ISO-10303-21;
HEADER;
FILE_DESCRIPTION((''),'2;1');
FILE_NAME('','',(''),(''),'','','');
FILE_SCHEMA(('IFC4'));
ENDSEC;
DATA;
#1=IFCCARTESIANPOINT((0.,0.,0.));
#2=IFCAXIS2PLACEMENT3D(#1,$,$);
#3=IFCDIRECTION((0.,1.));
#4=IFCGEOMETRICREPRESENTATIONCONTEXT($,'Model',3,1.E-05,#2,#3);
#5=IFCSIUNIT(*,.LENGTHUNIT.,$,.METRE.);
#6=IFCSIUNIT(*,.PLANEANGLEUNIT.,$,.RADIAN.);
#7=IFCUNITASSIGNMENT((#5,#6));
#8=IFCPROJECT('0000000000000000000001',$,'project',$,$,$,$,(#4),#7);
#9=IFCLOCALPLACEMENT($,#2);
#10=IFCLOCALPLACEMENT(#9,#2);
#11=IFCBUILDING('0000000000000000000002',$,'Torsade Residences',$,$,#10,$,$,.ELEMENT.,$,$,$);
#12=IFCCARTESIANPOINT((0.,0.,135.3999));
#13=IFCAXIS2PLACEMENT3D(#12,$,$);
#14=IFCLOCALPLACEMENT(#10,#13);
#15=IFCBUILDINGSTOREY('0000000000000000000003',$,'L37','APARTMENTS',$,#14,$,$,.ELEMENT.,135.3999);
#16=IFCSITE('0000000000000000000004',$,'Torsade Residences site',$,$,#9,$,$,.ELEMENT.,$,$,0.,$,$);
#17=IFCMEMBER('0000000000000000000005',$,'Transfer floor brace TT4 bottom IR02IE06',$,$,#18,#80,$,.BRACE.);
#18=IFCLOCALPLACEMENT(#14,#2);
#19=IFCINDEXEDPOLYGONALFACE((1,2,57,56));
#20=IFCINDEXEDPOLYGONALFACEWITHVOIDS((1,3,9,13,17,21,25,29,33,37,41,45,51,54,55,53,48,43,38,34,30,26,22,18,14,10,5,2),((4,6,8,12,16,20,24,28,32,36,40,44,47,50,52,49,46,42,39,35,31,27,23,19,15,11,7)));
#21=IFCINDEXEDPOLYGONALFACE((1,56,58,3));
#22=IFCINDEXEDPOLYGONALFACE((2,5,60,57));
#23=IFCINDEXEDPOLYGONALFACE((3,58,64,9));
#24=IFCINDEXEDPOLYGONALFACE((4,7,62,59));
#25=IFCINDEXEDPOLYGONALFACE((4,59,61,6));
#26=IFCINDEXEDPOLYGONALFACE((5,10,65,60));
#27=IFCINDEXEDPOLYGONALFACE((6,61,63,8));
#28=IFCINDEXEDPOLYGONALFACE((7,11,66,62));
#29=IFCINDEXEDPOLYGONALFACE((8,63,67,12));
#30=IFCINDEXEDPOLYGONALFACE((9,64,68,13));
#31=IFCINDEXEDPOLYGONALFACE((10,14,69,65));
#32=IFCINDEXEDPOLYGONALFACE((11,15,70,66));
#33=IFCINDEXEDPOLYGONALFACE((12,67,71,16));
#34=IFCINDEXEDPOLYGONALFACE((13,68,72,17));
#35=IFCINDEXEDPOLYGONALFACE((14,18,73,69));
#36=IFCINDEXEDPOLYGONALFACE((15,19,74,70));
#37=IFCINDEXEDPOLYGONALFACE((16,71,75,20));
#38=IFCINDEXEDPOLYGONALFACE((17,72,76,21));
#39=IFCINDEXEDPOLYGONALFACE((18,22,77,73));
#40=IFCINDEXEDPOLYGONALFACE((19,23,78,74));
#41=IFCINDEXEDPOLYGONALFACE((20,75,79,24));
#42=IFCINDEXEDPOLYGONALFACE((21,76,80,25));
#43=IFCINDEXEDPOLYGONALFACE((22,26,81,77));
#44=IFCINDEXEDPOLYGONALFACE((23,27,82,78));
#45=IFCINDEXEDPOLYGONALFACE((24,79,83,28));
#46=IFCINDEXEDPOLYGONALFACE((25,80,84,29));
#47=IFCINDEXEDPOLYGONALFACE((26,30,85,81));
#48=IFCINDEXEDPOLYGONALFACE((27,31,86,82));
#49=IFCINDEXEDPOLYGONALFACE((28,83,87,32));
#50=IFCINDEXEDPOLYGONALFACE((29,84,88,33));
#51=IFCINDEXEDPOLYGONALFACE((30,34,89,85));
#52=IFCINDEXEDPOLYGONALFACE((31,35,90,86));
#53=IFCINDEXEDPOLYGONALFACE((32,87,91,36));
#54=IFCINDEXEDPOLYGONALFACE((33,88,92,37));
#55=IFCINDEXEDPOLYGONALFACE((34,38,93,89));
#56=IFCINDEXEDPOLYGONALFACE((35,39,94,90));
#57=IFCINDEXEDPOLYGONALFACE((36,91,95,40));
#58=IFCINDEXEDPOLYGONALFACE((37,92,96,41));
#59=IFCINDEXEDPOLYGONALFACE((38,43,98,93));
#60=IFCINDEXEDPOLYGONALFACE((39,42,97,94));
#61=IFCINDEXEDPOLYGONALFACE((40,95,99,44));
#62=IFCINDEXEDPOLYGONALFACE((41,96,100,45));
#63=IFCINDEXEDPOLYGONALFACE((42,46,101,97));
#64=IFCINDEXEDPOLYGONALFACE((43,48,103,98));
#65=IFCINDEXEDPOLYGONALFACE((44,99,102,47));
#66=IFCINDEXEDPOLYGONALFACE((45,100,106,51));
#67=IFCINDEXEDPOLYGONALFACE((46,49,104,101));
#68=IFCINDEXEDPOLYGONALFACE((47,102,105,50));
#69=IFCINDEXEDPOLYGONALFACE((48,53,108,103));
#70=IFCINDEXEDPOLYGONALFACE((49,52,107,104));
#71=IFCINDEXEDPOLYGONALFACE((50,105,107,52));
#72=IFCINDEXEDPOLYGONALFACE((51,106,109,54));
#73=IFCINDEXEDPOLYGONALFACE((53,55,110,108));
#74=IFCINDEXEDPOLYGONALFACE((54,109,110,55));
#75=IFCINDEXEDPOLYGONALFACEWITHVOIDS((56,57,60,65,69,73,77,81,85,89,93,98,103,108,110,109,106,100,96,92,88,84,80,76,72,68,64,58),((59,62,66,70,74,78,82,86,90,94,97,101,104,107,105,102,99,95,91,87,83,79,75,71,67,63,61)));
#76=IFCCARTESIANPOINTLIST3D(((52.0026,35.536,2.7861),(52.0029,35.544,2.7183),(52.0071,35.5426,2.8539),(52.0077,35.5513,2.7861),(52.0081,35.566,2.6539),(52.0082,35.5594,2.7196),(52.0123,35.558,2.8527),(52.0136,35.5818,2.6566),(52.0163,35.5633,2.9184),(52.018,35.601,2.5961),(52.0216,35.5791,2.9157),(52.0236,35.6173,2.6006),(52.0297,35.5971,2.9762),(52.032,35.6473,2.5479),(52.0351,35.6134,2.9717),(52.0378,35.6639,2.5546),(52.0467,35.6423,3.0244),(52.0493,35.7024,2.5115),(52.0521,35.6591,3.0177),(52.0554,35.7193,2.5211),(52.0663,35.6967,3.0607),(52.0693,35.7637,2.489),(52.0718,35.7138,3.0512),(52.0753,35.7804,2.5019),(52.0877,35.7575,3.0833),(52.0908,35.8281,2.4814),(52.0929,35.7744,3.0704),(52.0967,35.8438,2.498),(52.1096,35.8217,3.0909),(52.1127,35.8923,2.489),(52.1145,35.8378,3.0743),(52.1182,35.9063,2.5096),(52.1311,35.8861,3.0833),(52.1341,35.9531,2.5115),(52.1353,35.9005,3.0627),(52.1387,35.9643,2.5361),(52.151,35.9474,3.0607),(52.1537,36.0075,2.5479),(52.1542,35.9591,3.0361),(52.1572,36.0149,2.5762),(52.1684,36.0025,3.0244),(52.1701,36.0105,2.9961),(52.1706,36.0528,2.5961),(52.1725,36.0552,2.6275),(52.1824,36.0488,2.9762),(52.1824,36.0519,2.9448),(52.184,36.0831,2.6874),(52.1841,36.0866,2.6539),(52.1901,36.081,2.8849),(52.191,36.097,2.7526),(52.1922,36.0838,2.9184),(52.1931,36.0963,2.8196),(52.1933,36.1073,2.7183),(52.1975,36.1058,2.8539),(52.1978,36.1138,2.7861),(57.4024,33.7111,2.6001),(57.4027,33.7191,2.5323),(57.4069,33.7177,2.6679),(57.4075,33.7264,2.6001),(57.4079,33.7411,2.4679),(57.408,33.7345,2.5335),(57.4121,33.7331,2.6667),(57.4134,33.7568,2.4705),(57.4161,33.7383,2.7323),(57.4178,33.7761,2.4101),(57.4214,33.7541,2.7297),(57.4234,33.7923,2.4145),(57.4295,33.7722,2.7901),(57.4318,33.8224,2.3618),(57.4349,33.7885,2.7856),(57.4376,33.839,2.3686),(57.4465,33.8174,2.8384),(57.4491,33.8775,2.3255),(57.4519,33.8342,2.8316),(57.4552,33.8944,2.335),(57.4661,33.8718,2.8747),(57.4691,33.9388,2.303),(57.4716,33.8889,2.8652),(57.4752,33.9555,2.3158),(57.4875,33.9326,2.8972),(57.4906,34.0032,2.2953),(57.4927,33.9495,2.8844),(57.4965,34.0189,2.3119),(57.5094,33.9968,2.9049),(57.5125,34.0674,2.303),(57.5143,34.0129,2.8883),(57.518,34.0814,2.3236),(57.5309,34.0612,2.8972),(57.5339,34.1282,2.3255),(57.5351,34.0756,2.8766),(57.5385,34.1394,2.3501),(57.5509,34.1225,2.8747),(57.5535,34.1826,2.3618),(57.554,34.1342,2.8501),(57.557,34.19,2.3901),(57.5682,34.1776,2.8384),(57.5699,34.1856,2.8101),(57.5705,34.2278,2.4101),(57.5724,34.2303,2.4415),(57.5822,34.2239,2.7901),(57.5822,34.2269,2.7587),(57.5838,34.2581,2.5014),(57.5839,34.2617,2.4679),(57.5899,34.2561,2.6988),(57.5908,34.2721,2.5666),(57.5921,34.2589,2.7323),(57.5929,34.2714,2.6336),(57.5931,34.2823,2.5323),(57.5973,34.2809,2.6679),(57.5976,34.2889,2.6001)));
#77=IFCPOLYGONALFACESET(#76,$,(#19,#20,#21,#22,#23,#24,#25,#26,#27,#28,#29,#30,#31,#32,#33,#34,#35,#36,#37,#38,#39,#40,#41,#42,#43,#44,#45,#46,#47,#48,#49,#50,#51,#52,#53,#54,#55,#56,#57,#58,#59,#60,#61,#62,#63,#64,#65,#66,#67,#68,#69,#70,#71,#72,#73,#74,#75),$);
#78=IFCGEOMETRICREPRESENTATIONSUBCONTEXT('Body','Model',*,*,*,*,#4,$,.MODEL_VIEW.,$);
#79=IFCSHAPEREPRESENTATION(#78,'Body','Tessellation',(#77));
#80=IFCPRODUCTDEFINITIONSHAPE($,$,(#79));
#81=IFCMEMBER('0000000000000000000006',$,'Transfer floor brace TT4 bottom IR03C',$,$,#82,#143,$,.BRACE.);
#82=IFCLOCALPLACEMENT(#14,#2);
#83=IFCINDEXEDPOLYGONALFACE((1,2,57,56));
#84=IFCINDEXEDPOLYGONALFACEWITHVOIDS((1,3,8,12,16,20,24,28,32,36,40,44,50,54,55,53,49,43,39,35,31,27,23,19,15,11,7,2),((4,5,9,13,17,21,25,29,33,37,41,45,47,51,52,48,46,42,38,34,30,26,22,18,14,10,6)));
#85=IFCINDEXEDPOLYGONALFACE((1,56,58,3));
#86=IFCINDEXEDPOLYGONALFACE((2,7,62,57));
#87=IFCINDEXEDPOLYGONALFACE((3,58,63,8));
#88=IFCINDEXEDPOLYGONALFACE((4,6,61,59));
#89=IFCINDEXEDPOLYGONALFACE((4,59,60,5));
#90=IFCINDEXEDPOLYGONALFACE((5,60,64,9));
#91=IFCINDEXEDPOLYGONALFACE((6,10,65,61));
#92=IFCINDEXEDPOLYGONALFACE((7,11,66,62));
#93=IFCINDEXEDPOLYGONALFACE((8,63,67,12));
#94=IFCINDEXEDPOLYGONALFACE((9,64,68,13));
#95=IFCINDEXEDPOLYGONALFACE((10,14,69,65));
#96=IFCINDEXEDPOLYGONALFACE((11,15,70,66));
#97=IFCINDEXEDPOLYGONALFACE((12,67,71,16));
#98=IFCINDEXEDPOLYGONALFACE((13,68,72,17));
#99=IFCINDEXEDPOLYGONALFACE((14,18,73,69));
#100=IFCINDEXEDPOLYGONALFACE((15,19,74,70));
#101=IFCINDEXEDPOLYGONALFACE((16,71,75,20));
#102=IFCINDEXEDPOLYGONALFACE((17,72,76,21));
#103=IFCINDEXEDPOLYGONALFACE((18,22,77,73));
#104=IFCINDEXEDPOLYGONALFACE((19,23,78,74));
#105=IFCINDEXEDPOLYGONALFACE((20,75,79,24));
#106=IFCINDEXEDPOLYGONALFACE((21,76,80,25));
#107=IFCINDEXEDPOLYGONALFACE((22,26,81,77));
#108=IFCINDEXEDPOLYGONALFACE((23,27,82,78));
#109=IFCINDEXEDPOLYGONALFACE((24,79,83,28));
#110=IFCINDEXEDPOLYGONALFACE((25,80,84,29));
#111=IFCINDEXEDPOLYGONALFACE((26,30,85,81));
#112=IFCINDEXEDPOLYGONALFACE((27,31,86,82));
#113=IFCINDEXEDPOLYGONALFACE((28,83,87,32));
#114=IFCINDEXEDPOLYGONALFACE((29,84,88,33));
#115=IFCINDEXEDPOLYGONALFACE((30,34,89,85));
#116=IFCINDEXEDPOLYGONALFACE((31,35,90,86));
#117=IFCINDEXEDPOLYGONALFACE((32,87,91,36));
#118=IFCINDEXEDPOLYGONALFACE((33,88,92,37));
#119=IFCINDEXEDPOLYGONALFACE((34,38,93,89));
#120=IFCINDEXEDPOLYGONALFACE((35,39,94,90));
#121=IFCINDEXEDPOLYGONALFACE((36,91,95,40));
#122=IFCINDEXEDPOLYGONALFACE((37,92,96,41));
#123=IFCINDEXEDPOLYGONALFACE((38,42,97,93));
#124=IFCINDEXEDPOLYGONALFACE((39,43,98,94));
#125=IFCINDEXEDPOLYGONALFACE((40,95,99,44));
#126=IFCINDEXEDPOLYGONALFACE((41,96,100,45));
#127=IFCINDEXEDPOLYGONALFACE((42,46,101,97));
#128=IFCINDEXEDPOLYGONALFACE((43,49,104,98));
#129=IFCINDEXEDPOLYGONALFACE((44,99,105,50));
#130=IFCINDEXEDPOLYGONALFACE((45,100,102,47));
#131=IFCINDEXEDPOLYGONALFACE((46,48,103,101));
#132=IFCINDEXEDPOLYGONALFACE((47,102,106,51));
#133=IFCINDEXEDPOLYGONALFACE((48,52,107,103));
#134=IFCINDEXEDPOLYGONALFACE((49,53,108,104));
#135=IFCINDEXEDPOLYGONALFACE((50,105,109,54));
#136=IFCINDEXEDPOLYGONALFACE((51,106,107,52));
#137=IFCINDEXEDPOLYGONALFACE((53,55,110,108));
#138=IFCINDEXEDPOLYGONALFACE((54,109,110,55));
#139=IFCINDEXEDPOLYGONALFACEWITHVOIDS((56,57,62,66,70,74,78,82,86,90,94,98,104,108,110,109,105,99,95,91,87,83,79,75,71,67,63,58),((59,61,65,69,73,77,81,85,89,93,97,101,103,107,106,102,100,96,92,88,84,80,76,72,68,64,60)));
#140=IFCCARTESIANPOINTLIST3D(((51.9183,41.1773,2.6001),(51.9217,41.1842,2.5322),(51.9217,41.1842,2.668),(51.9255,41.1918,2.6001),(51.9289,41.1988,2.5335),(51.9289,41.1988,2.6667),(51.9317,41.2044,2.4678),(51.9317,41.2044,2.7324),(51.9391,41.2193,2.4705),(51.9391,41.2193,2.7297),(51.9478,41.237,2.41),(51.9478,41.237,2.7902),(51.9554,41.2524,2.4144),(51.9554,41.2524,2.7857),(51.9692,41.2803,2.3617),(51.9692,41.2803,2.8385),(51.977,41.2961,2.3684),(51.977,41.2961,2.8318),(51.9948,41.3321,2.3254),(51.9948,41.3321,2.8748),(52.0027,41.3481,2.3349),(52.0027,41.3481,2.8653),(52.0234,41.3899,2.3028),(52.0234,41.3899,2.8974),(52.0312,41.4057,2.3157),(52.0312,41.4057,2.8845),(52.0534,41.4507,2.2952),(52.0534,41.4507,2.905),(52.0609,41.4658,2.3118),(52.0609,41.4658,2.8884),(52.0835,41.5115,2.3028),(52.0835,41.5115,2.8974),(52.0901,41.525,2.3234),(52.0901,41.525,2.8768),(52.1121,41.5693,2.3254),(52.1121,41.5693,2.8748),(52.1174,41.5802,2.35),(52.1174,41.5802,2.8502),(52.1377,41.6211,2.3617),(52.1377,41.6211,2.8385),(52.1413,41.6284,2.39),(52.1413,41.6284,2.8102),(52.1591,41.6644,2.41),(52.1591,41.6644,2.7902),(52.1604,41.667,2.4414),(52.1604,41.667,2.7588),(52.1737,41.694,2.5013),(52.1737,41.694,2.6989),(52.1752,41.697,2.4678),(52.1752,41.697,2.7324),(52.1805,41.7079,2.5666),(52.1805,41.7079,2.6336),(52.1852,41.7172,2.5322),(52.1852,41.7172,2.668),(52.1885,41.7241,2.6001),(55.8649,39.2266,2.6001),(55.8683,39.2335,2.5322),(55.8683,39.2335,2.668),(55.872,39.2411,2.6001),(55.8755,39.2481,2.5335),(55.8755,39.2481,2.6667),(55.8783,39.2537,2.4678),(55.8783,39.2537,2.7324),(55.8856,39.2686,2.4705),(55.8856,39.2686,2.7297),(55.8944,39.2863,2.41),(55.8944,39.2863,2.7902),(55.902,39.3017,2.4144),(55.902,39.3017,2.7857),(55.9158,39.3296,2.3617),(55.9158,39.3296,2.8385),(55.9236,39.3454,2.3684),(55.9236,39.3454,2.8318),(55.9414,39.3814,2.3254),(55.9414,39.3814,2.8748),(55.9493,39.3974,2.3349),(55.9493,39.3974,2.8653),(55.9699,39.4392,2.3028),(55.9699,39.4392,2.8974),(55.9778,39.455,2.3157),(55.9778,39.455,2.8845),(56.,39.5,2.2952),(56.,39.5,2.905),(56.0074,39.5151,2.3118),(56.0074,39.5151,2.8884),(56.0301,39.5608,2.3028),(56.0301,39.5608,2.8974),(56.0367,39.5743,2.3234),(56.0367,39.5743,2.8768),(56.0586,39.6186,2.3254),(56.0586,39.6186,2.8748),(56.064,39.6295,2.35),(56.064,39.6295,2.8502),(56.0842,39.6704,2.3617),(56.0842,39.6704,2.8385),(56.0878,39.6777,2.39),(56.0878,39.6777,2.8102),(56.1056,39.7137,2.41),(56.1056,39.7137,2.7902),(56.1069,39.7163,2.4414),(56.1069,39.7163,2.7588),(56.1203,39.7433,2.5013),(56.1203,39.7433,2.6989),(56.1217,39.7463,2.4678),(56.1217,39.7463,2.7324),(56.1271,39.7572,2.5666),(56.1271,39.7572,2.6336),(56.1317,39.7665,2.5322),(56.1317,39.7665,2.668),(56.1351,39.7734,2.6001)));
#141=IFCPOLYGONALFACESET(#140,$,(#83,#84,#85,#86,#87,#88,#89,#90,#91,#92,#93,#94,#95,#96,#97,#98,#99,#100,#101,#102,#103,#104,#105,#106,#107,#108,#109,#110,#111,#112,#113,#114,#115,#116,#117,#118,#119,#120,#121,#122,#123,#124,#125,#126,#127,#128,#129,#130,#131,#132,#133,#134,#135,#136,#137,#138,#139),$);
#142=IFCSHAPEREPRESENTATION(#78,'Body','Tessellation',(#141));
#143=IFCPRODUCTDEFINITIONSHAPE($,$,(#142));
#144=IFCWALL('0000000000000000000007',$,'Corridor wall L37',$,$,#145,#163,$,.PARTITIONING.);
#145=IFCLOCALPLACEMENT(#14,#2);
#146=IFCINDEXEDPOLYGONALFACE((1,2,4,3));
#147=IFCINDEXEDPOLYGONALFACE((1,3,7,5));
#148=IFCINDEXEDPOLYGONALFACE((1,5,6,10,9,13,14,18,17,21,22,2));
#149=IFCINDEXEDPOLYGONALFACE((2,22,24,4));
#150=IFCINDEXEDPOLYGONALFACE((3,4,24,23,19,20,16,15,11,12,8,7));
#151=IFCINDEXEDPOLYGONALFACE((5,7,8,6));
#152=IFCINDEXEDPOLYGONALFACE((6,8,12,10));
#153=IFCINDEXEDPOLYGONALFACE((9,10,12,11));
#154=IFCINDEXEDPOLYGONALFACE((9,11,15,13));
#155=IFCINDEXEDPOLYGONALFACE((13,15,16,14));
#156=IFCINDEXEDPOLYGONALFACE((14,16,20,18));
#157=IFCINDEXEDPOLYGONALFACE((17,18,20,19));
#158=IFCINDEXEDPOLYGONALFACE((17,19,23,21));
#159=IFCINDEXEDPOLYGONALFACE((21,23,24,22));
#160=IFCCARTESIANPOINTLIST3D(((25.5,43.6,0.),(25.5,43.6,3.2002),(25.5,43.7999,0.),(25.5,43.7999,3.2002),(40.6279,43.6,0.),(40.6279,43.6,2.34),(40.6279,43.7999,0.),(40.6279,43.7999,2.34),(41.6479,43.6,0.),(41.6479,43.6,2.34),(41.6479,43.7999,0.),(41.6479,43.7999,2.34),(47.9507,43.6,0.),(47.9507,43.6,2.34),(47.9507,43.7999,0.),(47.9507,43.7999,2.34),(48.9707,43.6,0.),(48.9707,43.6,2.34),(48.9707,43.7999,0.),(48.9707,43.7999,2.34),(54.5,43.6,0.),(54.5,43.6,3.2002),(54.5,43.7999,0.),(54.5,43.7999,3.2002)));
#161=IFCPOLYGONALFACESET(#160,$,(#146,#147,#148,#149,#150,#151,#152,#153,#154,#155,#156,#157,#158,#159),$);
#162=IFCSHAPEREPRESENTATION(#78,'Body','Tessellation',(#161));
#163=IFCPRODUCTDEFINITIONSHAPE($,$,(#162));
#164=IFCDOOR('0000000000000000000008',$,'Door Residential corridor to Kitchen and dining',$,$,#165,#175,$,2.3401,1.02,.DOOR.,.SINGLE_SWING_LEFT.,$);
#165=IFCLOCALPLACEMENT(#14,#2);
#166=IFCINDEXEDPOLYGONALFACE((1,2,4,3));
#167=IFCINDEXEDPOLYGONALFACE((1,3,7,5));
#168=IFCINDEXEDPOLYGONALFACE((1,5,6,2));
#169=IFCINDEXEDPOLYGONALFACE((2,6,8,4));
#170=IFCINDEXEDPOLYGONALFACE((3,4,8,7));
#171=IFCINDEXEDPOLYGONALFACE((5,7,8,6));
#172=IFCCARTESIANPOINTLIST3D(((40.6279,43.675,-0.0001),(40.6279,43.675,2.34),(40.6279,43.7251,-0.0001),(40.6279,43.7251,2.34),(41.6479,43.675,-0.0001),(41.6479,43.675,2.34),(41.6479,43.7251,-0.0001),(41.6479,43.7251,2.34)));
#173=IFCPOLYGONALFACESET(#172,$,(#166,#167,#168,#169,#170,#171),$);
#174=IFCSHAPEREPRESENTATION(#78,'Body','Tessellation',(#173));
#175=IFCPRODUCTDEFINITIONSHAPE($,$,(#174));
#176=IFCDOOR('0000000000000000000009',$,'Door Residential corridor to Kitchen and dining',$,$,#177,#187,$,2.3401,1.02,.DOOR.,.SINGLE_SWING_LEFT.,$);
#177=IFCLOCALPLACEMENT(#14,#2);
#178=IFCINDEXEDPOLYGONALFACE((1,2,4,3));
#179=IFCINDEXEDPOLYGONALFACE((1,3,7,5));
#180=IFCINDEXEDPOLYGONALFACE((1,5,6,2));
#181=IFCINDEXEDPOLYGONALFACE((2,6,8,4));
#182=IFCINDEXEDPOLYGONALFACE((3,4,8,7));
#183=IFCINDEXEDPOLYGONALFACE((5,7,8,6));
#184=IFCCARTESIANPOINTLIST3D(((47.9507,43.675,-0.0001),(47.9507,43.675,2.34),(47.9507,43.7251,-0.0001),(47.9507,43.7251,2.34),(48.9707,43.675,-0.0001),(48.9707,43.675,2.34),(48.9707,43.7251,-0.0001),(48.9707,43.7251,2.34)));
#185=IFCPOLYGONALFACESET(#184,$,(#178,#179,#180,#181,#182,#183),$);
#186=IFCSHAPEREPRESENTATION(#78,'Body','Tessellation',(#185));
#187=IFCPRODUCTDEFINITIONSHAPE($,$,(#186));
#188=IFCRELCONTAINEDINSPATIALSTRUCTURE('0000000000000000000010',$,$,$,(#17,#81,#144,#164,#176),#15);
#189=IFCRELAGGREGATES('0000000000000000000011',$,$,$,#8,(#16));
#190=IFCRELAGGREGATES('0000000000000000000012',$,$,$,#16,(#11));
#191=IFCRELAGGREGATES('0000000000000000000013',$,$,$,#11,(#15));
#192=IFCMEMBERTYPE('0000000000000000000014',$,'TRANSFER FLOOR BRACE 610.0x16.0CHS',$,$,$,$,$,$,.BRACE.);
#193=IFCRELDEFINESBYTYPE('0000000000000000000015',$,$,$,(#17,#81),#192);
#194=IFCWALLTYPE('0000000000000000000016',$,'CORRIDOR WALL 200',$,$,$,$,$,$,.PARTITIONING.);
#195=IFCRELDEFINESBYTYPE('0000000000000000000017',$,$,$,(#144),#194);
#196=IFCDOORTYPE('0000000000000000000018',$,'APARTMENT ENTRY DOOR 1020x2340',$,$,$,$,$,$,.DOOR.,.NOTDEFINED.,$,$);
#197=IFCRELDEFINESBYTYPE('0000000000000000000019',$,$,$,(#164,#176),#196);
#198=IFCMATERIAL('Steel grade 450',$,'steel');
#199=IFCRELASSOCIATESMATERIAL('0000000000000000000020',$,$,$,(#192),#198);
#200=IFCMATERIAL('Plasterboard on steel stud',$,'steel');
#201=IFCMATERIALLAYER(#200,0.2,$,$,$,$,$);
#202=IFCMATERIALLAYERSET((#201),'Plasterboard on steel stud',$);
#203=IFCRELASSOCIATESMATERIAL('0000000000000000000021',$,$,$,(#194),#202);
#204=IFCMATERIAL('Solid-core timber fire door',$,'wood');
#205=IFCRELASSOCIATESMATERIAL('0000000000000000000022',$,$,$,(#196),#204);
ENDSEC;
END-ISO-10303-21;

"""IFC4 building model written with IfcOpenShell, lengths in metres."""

from ifc_helpers import new_model, si_unit, direction, frame, frame_2d, origin, origin_2d, place, context, subcontext, project, spatial, rectangle, hollow_circle, extrude, material, layer, layer_set, material_profile, profile_set, type_object, element, fill, save


model = new_model("IFC4")

# Units and contexts
model_context = context("Model", 3, precision=1e-05, world=origin(), true_north=direction((0.0, 1.0)))
body_context = subcontext(model_context, "Body", "Model", "MODEL_VIEW")
ifc_project = project(units=[si_unit("LENGTHUNIT", "METRE"), si_unit("PLANEANGLEUNIT", "RADIAN")], contexts=[model_context])

# Site, building, storey
site_placement = place(None, origin())
site = spatial("IfcSite", under=ifc_project, at=site_placement, Name="Torsade Residences site", CompositionType="ELEMENT", RefElevation=0.0)
building_placement = place(site_placement, origin())
building = spatial("IfcBuilding", under=site, at=building_placement, Name="Torsade Residences", CompositionType="ELEMENT")
storey_placement = place(building_placement, frame((0.0, 0.0, 135.3999)))
storey = spatial("IfcBuildingStorey", under=building, at=storey_placement, Name="L37", Description="APARTMENTS", CompositionType="ELEMENT", Elevation=135.3999)

# Members
ifc_material_1 = material(Name="Steel grade 450", Category="steel")
ifc_material_profile_1 = material_profile(ifc_material_1, hollow_circle(Radius=0.3049, WallThickness=0.0161, at=origin_2d()), Name="610.0x16.0CHS")
ifc_profile_set_1 = profile_set([ifc_material_profile_1], Name="Steel grade 450")
member_type = type_object("IfcMemberType", Name="TRANSFER FLOOR BRACE 610.0x16.0CHS", PredefinedType="BRACE", material=ifc_profile_set_1)
member_1_placement = place(storey_placement, frame((57.5, 34.0, 2.6001), z_axis=(-0.946856, 0.319999, 0.032621), x_axis=(-0.32017, -0.94736, 0.0)))
element("IfcMember", 1, at=member_1_placement, inside=storey, type_object=member_type, Name="Transfer floor brace TT4 bottom IR02IE06", PredefinedType="BRACE", context=body_context, shape_type="SweptSolid", body=[
    extrude(hollow_circle(Radius=0.3049, WallThickness=0.0161, at=origin_2d()), origin(), (0.0, 0.0, 1.0), 5.7029),
])
member_2_placement = place(storey_placement, frame((56.0, 39.5, 2.6001), z_axis=(-0.89647, 0.443105, 0.0), x_axis=(-0.443105, -0.89647, 0.0)))
element("IfcMember", 2, at=member_2_placement, inside=storey, type_object=member_type, Name="Transfer floor brace TT4 bottom IR03C", PredefinedType="BRACE", context=body_context, shape_type="SweptSolid", body=[
    extrude(hollow_circle(Radius=0.3049, WallThickness=0.0161, at=origin_2d()), origin(), (0.0, 0.0, 1.0), 4.4023),
])

# Wall, openings, doors
ifc_material_2 = material(Name="Plasterboard on steel stud", Category="steel")
ifc_layer_1 = layer(ifc_material_2, 0.2)
ifc_layer_set_1 = layer_set([ifc_layer_1], Name="Plasterboard on steel stud")
wall_type_1 = type_object("IfcWallType", Name="CORRIDOR WALL 200", PredefinedType="PARTITIONING", material=ifc_layer_set_1)
wall_1_placement = place(storey_placement, frame((54.5, 43.7, 0.0), z_axis=(0.0, 0.0, 1.0), x_axis=(-1.0, 0.0, 0.0)))
wall_1 = element("IfcWall", 3, at=wall_1_placement, inside=storey, type_object=wall_type_1, Name="Corridor wall L37", PredefinedType="PARTITIONING", context=body_context, shape_type="SweptSolid", body=[
    extrude(rectangle(XDim=29.0, YDim=0.2, at=frame_2d((14.5, 0.0))), origin(), (0.0, 0.0, 1.0), 3.2002),
])
opening_1_placement = place(wall_1_placement, frame((12.8521, 0.0, 0.0)))
opening_1 = element("IfcOpeningElement", 4, at=opening_1_placement, cuts=wall_1, PredefinedType="OPENING", context=body_context, shape_type="SweptSolid", body=[
    extrude(rectangle(XDim=1.02, YDim=2.3401, at=frame_2d((0.51, 1.1699))), frame((0.0, 0.1099, 0.0), z_axis=(0.0, -1.0, 0.0), x_axis=(1.0, 0.0, 0.0)), (0.0, 0.0, 1.0), 0.22),
])
opening_2_placement = place(wall_1_placement, frame((5.5293, 0.0, 0.0)))
opening_2 = element("IfcOpeningElement", 5, at=opening_2_placement, cuts=wall_1, PredefinedType="OPENING", context=body_context, shape_type="SweptSolid", body=[
    extrude(rectangle(XDim=1.02, YDim=2.3401, at=frame_2d((0.51, 1.1699))), frame((0.0, 0.1099, 0.0), z_axis=(0.0, -1.0, 0.0), x_axis=(1.0, 0.0, 0.0)), (0.0, 0.0, 1.0), 0.22),
])
ifc_material_3 = material(Name="Solid-core timber fire door", Category="wood")
door_type_1 = type_object("IfcDoorType", Name="APARTMENT ENTRY DOOR 1020x2340", OperationType="NOTDEFINED", PredefinedType="DOOR", material=ifc_material_3)
door_1_placement = place(opening_1_placement, origin())
door_1 = element("IfcDoor", 6, at=door_1_placement, inside=storey, type_object=door_type_1, Name="Door Residential corridor to Kitchen and dining", OperationType="SINGLE_SWING_LEFT", OverallHeight=2.3401, OverallWidth=1.02, PredefinedType="DOOR", context=body_context, shape_type="SweptSolid", body=[
    extrude(rectangle(XDim=1.02, YDim=2.3401, at=frame_2d((0.51, 1.1699))), frame((0.0, 0.0249, 0.0), z_axis=(0.0, -1.0, 0.0), x_axis=(1.0, 0.0, 0.0)), (0.0, 0.0, 1.0), 0.05),
])
fill(opening_1, door_1)
door_2_placement = place(opening_2_placement, origin())
door_2 = element("IfcDoor", 7, at=door_2_placement, inside=storey, type_object=door_type_1, Name="Door Residential corridor to Kitchen and dining", OperationType="SINGLE_SWING_LEFT", OverallHeight=2.3401, OverallWidth=1.02, PredefinedType="DOOR", context=body_context, shape_type="SweptSolid", body=[
    extrude(rectangle(XDim=1.02, YDim=2.3401, at=frame_2d((0.51, 1.1699))), frame((0.0, 0.0249, 0.0), z_axis=(0.0, -1.0, 0.0), x_axis=(1.0, 0.0, 0.0)), (0.0, 0.0, 1.0), 0.05),
])
fill(opening_2, door_2)

save(model, "model.ifc")
